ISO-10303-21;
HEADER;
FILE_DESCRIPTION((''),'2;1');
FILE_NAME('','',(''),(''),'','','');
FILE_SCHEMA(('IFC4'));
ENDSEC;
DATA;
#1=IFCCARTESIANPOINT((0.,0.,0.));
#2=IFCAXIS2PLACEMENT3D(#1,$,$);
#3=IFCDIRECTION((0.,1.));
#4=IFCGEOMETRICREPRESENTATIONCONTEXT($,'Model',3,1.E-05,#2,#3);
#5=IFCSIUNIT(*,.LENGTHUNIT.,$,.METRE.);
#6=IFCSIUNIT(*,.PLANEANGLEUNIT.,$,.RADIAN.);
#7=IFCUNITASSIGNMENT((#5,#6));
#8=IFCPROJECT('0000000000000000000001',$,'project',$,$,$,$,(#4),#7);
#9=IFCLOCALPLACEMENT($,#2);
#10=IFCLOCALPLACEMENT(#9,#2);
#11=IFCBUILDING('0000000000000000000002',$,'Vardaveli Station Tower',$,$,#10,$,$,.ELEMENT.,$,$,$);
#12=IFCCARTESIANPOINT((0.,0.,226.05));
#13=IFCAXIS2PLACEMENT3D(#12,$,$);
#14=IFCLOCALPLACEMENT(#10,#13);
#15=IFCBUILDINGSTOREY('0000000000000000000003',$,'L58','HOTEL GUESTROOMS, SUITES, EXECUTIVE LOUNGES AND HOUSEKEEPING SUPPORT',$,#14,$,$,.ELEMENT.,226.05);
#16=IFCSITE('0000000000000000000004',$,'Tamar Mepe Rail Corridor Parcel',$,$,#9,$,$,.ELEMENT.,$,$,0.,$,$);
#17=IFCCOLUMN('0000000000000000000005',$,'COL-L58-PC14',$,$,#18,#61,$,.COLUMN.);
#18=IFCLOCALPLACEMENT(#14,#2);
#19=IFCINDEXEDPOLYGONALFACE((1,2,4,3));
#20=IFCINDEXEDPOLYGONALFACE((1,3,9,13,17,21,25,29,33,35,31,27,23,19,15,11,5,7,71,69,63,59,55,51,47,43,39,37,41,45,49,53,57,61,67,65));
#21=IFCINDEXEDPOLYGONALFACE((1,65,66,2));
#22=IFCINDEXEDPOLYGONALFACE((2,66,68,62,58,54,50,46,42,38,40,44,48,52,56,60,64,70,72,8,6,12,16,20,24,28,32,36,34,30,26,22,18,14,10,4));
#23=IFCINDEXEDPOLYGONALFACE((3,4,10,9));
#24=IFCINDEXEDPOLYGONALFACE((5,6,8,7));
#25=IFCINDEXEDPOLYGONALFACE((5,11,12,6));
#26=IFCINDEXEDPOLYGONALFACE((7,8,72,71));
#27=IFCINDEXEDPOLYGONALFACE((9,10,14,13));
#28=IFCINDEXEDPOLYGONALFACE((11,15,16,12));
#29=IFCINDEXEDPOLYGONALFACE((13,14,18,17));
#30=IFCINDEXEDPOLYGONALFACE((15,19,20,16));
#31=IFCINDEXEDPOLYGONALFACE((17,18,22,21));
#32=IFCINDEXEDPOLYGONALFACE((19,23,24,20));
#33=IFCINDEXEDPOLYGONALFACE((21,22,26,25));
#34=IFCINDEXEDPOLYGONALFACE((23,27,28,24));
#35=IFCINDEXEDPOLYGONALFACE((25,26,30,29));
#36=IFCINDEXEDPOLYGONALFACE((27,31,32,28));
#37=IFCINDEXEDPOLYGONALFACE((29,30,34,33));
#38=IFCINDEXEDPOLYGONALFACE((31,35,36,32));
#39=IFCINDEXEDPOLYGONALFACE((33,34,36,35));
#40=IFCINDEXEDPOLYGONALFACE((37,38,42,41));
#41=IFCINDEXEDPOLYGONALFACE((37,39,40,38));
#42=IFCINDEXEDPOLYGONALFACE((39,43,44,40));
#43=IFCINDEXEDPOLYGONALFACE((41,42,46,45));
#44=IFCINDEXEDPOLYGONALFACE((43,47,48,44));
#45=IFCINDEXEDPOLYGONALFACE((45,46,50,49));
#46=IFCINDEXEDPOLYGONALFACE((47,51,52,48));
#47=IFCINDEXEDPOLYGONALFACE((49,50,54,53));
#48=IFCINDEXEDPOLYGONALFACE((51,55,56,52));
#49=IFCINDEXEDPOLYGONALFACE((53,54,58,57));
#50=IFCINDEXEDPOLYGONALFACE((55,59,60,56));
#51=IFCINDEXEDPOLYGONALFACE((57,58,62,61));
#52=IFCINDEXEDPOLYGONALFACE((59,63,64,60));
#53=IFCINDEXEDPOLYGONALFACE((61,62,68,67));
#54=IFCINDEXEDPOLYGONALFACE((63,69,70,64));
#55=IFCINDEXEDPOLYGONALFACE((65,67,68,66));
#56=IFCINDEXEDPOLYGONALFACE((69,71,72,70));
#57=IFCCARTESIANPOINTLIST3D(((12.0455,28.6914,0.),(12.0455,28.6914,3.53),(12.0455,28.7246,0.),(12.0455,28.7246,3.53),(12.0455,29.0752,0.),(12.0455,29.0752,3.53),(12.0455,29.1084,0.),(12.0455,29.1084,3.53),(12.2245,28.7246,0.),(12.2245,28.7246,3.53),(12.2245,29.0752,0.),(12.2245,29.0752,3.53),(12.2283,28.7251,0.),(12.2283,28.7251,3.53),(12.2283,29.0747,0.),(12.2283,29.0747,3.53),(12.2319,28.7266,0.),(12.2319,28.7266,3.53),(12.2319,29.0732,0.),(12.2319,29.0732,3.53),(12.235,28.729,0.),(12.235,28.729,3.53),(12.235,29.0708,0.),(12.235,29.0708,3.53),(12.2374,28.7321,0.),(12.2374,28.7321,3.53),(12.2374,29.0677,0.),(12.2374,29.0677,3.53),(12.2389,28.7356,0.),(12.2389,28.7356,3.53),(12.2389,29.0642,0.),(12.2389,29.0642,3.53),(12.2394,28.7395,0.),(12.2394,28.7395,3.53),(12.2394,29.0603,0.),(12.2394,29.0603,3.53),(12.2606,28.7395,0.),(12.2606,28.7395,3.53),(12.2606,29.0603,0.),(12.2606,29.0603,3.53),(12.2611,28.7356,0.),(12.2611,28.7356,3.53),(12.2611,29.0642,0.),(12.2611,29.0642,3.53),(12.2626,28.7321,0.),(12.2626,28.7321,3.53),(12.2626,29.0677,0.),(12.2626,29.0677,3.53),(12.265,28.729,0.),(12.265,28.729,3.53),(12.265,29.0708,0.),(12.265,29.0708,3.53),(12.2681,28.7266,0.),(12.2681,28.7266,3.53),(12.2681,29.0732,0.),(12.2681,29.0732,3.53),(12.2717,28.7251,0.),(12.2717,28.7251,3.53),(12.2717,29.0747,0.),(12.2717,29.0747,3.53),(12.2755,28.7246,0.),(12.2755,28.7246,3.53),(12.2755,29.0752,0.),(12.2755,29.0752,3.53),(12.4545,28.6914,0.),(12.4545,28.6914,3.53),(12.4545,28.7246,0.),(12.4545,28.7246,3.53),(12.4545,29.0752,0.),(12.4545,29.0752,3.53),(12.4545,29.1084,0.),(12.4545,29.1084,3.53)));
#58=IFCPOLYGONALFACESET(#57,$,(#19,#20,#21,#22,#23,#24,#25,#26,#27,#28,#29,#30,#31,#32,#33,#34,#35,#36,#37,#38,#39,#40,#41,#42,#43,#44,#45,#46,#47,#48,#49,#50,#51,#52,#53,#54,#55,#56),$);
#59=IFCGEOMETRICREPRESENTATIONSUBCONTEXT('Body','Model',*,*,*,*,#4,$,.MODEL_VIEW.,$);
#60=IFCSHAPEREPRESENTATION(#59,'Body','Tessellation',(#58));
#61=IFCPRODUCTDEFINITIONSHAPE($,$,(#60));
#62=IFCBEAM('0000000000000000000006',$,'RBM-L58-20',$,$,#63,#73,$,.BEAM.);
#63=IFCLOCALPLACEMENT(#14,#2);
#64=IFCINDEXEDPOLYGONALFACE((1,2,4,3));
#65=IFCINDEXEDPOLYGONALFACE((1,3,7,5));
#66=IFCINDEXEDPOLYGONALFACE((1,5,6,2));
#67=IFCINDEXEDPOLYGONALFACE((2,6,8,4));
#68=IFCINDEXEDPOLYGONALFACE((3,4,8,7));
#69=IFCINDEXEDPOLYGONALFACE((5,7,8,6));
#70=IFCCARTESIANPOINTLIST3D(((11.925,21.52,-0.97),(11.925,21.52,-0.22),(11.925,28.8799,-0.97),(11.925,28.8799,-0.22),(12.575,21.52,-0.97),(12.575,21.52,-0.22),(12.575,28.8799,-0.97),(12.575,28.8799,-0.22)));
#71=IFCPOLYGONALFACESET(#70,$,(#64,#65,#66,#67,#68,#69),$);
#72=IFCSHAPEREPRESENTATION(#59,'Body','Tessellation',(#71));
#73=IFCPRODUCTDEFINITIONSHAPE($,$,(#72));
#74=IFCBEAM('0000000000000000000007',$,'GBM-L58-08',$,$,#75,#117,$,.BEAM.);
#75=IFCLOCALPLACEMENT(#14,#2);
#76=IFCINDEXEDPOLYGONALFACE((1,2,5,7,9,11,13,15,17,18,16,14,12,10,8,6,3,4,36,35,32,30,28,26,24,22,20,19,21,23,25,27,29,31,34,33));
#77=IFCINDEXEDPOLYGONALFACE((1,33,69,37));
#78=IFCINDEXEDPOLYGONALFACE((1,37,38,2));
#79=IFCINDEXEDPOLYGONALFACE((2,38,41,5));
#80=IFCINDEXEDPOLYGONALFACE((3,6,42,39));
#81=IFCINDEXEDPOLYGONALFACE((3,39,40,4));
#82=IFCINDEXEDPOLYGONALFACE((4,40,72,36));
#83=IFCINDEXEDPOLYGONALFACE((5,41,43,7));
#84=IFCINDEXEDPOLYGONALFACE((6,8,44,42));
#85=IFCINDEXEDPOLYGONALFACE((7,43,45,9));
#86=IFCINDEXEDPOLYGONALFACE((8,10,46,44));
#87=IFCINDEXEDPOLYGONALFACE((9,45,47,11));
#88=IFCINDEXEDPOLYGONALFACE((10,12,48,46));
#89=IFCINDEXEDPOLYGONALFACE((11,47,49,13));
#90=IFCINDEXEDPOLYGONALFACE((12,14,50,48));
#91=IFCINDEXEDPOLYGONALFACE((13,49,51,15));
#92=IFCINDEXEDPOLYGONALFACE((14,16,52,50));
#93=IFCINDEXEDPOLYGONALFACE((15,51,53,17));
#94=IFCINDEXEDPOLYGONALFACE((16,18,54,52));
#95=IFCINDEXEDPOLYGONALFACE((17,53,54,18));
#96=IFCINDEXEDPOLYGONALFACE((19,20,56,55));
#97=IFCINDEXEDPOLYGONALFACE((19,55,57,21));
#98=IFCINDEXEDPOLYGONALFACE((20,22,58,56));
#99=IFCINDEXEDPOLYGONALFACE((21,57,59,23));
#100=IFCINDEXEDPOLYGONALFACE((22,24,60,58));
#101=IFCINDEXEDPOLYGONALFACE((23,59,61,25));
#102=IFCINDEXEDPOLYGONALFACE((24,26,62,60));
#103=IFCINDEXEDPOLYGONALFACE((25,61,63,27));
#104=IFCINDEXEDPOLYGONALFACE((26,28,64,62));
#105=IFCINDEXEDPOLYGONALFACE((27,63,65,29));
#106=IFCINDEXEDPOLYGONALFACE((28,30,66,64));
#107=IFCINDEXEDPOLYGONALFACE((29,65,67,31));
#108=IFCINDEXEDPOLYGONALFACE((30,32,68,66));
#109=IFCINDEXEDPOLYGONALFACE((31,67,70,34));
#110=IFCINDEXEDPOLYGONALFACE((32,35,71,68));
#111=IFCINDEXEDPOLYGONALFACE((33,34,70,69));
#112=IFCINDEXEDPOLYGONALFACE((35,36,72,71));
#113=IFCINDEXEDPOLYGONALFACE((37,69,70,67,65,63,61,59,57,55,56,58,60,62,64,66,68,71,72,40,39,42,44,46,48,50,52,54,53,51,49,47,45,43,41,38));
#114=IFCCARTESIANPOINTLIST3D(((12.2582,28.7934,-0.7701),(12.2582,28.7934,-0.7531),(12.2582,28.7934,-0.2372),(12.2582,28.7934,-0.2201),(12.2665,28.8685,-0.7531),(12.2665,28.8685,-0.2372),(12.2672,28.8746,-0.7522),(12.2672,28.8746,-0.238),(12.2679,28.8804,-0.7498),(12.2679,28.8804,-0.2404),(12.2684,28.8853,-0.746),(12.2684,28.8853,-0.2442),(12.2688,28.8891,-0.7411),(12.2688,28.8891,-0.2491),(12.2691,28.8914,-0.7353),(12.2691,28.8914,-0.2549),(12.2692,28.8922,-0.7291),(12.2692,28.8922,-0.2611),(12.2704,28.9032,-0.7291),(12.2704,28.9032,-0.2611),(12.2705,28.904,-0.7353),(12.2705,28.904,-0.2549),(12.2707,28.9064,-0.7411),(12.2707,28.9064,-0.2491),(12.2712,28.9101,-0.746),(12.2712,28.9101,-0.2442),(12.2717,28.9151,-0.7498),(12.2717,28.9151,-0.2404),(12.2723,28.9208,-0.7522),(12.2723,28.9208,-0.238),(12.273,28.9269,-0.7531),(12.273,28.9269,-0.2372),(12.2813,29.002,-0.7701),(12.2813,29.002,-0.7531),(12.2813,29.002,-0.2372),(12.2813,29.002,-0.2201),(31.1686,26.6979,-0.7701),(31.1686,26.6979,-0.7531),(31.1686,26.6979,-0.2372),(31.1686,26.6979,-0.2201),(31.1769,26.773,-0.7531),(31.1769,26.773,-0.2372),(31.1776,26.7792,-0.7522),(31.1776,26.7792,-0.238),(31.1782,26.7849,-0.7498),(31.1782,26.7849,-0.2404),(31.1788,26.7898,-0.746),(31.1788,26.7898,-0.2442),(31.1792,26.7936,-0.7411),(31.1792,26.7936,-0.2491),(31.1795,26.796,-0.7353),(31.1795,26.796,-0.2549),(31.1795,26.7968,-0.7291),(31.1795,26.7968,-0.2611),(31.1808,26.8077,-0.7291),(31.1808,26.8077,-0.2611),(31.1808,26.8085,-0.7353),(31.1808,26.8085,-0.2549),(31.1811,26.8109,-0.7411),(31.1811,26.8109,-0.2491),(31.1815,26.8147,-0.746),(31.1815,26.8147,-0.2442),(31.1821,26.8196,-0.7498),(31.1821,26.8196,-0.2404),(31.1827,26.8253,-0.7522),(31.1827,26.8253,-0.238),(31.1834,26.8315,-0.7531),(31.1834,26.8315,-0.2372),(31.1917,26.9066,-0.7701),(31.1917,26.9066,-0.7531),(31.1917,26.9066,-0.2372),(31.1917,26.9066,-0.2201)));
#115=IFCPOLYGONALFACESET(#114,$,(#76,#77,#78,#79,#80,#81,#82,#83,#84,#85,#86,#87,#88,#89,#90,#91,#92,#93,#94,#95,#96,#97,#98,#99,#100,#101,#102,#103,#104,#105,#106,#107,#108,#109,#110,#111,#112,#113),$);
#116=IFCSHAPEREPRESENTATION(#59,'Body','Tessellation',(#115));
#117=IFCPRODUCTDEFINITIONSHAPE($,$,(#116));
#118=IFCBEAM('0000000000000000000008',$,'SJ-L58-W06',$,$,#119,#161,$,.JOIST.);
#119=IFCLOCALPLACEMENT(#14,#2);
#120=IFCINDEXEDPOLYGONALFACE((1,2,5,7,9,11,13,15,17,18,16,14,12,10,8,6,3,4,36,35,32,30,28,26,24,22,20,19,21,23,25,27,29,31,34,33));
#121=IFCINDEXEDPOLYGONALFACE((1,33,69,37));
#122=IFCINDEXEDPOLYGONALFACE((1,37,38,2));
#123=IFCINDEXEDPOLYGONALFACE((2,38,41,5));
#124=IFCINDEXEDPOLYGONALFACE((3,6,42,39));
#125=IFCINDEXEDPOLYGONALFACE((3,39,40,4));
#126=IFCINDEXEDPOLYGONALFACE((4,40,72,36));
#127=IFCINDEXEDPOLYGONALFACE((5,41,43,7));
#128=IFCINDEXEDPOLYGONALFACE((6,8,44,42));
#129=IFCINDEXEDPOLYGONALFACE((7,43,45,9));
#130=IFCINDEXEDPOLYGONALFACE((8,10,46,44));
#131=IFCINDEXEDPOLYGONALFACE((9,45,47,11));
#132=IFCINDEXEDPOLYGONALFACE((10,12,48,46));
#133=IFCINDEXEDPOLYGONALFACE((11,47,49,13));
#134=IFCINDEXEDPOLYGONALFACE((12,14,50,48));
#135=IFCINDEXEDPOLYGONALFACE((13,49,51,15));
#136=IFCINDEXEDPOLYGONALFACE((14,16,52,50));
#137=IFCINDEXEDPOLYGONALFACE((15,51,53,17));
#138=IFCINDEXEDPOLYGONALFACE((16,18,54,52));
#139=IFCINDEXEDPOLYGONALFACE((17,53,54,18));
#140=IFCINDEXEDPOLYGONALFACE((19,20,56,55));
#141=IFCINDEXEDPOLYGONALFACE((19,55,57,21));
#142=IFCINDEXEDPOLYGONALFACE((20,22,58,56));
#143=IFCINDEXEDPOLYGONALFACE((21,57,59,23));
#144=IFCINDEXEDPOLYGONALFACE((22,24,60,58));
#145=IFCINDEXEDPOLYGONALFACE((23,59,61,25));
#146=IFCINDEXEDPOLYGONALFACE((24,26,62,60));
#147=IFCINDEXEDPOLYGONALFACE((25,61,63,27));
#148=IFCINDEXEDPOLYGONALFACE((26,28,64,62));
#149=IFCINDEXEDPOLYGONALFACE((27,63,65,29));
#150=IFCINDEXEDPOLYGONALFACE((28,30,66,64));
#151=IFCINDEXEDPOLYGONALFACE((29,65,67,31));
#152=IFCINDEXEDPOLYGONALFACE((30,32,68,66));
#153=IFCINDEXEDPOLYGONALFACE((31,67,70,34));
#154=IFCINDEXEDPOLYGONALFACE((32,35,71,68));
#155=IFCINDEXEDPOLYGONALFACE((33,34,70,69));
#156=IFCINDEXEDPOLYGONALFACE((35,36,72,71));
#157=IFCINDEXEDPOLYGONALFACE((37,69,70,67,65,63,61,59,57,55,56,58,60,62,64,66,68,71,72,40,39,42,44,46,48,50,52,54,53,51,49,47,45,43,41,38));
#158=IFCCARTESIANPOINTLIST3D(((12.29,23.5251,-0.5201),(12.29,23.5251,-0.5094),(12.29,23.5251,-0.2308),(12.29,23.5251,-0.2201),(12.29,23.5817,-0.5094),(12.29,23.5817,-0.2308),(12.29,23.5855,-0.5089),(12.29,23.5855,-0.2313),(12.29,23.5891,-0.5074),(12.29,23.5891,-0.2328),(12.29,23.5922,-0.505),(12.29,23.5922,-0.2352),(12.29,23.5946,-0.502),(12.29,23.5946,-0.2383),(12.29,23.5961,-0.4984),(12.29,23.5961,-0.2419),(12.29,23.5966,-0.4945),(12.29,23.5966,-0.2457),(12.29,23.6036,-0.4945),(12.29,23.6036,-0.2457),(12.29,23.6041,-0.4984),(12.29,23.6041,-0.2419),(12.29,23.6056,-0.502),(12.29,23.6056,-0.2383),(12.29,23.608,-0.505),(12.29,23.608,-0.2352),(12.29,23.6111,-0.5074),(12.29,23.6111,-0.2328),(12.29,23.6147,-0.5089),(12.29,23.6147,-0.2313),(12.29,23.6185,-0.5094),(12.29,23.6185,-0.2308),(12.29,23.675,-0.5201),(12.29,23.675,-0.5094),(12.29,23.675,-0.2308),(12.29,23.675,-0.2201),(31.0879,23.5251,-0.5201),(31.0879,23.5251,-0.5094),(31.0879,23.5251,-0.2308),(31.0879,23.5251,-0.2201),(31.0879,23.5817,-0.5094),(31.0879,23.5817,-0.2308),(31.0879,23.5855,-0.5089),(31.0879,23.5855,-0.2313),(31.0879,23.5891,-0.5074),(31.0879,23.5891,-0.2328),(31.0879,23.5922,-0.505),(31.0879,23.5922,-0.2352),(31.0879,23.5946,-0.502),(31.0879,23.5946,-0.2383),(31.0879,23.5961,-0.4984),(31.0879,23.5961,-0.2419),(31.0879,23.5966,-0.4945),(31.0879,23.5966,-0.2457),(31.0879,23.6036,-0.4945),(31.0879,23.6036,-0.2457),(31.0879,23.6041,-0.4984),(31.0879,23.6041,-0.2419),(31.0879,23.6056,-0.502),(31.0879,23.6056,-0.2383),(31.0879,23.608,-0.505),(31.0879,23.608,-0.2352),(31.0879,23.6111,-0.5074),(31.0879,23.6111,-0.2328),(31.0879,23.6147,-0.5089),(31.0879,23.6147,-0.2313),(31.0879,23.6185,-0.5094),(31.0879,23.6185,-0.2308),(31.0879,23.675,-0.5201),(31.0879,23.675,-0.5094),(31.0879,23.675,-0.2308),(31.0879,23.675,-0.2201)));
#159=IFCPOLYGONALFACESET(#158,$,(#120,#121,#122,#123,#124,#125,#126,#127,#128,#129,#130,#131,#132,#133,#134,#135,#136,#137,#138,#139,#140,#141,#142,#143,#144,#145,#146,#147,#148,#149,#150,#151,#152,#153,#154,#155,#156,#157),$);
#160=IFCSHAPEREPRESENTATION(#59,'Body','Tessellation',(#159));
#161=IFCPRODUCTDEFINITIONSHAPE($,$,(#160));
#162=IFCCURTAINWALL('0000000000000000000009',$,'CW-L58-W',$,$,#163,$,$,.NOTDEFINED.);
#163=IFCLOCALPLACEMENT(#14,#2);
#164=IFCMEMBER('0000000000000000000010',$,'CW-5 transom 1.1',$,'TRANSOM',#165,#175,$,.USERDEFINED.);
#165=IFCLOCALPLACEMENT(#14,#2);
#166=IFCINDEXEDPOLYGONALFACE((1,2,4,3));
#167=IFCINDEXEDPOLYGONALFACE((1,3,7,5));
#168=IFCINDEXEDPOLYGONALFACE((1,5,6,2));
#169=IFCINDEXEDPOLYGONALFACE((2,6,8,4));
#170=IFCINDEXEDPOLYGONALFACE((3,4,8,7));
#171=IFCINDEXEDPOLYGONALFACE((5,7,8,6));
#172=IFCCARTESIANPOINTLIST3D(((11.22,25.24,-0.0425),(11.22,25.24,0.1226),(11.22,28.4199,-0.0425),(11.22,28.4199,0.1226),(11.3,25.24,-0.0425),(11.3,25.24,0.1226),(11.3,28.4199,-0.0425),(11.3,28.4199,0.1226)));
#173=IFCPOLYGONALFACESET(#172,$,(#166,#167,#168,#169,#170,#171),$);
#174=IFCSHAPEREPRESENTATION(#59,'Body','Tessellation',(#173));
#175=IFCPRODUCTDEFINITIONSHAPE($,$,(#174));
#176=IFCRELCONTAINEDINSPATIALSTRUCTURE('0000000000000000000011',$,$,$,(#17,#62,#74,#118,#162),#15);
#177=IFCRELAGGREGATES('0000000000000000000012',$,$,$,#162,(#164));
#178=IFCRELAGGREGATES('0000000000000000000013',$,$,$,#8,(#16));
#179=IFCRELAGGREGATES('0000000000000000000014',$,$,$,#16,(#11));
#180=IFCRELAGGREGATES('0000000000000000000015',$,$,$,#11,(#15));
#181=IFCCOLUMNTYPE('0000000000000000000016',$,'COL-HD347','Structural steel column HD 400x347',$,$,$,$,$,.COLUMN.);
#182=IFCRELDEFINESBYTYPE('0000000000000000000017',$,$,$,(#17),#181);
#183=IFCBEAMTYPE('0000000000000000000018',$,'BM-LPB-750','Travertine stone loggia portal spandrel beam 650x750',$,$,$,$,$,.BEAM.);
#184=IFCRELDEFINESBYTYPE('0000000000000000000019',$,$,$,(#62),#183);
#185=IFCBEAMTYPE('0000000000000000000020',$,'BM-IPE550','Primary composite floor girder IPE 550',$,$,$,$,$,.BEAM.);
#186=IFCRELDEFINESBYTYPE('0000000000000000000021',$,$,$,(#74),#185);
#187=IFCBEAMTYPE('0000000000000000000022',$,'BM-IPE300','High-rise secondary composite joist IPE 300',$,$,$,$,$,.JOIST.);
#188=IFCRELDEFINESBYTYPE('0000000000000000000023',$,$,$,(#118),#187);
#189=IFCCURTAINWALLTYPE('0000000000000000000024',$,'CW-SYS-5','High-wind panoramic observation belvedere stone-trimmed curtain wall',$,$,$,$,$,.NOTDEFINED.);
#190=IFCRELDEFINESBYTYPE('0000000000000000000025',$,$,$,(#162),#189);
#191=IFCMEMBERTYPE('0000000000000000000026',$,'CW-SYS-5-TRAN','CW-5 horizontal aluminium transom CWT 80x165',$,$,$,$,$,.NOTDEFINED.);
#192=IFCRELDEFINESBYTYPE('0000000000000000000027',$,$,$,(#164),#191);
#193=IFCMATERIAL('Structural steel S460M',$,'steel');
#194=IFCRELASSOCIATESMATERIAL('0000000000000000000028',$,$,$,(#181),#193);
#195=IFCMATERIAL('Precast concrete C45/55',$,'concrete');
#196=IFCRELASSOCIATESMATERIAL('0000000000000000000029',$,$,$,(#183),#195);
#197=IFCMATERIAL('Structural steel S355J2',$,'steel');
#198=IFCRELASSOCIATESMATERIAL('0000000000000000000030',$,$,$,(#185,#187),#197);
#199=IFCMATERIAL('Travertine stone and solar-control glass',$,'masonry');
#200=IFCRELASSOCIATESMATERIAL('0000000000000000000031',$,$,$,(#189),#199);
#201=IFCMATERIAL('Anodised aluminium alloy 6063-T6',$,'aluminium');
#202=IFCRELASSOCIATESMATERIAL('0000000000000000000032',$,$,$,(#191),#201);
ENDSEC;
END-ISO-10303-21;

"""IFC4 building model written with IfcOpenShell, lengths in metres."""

from ifc_helpers import new_model, si_unit, direction, frame, origin, origin_2d, place, context, subcontext, project, spatial, rectangle, i_section, extrude, source, transform, mapped, material, material_profile, profile_set, type_object, element, aggregate, save


model = new_model("IFC4")

# Units and contexts
model_context = context("Model", 3, precision=1e-05, world=origin(), true_north=direction((0.0, 1.0)))
body_context = subcontext(model_context, "Body", "Model", "MODEL_VIEW")
ifc_project = project(units=[si_unit("LENGTHUNIT", "METRE"), si_unit("PLANEANGLEUNIT", "RADIAN")], contexts=[model_context])

# Site, building, storey
site_placement = place(None, origin())
site = spatial("IfcSite", under=ifc_project, at=site_placement, Name="Tamar Mepe Rail Corridor Parcel", CompositionType="ELEMENT", RefElevation=0.0)
building_placement = place(site_placement, origin())
building = spatial("IfcBuilding", under=site, at=building_placement, Name="Vardaveli Station Tower", CompositionType="ELEMENT")
storey_placement = place(building_placement, frame((0.0, 0.0, 226.05)))
storey = spatial("IfcBuildingStorey", under=building, at=storey_placement, Name="L58", Description="HOTEL GUESTROOMS, SUITES, EXECUTIVE LOUNGES AND HOUSEKEEPING SUPPORT", CompositionType="ELEMENT", Elevation=226.05)

# Column
ifc_material_1 = material(Name="Structural steel S460M", Category="steel")
ifc_material_profile_1 = material_profile(ifc_material_1, i_section(OverallWidth=0.4089, OverallDepth=0.417, WebThickness=0.0212, FlangeThickness=0.0332, FilletRadius=0.0149, at=origin_2d()), Name="HD 400x347")
ifc_profile_set_1 = profile_set([ifc_material_profile_1], Name="Structural steel S460M")
column_type = type_object("IfcColumnType", Name="COL-HD347", Description="Structural steel column HD 400x347", PredefinedType="COLUMN", material=ifc_profile_set_1)
shared_shape_1 = source(origin(), body_context, "Body", "SweptSolid", [
    extrude(i_section(OverallWidth=0.4089, OverallDepth=0.417, WebThickness=0.0212, FlangeThickness=0.0332, FilletRadius=0.0149, at=origin_2d()), origin(), (0.0, 0.0, 1.0), 3.53),
])
column_placement = place(storey_placement, frame((12.25, 28.8999, 0.0), z_axis=(0.0, 0.0, 1.0), x_axis=(1.0, 0.0, 0.0)))
element("IfcColumn", 1, at=column_placement, inside=storey, type_object=column_type, Name="COL-L58-PC14", PredefinedType="COLUMN", context=body_context, shape_type="MappedRepresentation", body=[
    mapped(shared_shape_1, transform((0.0, 0.0, 0.0), scale=1.0)),
])

# Beams
ifc_material_2 = material(Name="Precast concrete C45/55", Category="concrete")
ifc_material_profile_2 = material_profile(ifc_material_2, rectangle(XDim=0.6499, YDim=0.75, at=origin_2d()), Name="LPB 650x750")
ifc_profile_set_2 = profile_set([ifc_material_profile_2], Name="Precast concrete C45/55")
beam_type_1 = type_object("IfcBeamType", Name="BM-LPB-750", Description="Travertine stone loggia portal spandrel beam 650x750", PredefinedType="BEAM", material=ifc_profile_set_2)
shared_shape_2 = source(origin(), body_context, "Body", "SweptSolid", [
    extrude(rectangle(XDim=0.6499, YDim=0.75, at=origin_2d()), origin(), (0.0, 0.0, 1.0), 7.3599),
])
beam_1_placement = place(storey_placement, frame((12.25, 28.8799, -0.595), z_axis=(0.0, -1.0, 0.0), x_axis=(1.0, 0.0, 0.0)))
element("IfcBeam", 2, at=beam_1_placement, inside=storey, type_object=beam_type_1, Name="RBM-L58-20", PredefinedType="BEAM", context=body_context, shape_type="MappedRepresentation", body=[
    mapped(shared_shape_2, transform((0.0, 0.0, 0.0), scale=1.0)),
])
ifc_material_3 = material(Name="Structural steel S355J2", Category="steel")
ifc_material_profile_3 = material_profile(ifc_material_3, i_section(OverallWidth=0.21, OverallDepth=0.55, WebThickness=0.011, FlangeThickness=0.0171, FilletRadius=0.0239, at=origin_2d()), Name="IPE 550")
ifc_profile_set_3 = profile_set([ifc_material_profile_3], Name="Structural steel S355J2")
beam_type_2 = type_object("IfcBeamType", Name="BM-IPE550", Description="Primary composite floor girder IPE 550", PredefinedType="BEAM", material=ifc_profile_set_3)
shared_shape_3 = source(origin(), body_context, "Body", "SweptSolid", [
    extrude(i_section(OverallWidth=0.21, OverallDepth=0.55, WebThickness=0.011, FlangeThickness=0.0171, FilletRadius=0.0239, at=origin_2d()), origin(), (0.0, 0.0, 1.0), 19.0261),
])
beam_2_placement = place(storey_placement, frame((12.2698, 28.8977, -0.4951), z_axis=(0.993917, -0.110136, 0.0), x_axis=(0.110136, 0.993917, 0.0)))
element("IfcBeam", 3, at=beam_2_placement, inside=storey, type_object=beam_type_2, Name="GBM-L58-08", PredefinedType="BEAM", context=body_context, shape_type="MappedRepresentation", body=[
    mapped(shared_shape_3, transform((0.0, 0.0, 0.0), scale=1.0)),
])
ifc_material_profile_4 = material_profile(ifc_material_3, i_section(OverallWidth=0.1499, OverallDepth=0.3, WebThickness=0.0071, FlangeThickness=0.0107, FilletRadius=0.0149, at=origin_2d()), Name="IPE 300")
ifc_profile_set_4 = profile_set([ifc_material_profile_4], Name="Structural steel S355J2")
beam_type_3 = type_object("IfcBeamType", Name="BM-IPE300", Description="High-rise secondary composite joist IPE 300", PredefinedType="JOIST", material=ifc_profile_set_4)
shared_shape_4 = source(origin(), body_context, "Body", "SweptSolid", [
    extrude(i_section(OverallWidth=0.1499, OverallDepth=0.3, WebThickness=0.0071, FlangeThickness=0.0107, FilletRadius=0.0149, at=origin_2d()), origin(), (0.0, 0.0, 1.0), 18.7979),
])
beam_3_placement = place(storey_placement, frame((12.29, 23.6001, -0.3701), z_axis=(1.0, 0.0, 0.0), x_axis=(0.0, 1.0, 0.0)))
element("IfcBeam", 4, at=beam_3_placement, inside=storey, type_object=beam_type_3, Name="SJ-L58-W06", PredefinedType="JOIST", context=body_context, shape_type="MappedRepresentation", body=[
    mapped(shared_shape_4, transform((0.0, 0.0, 0.0), scale=1.0)),
])

# Curtain wall, member
ifc_material_4 = material(Name="Travertine stone and solar-control glass", Category="masonry")
curtain_wall_type = type_object("IfcCurtainWallType", Name="CW-SYS-5", Description="High-wind panoramic observation belvedere stone-trimmed curtain wall", PredefinedType="NOTDEFINED", material=ifc_material_4)
curtain_wall_placement = place(storey_placement, origin())
curtain_wall = element("IfcCurtainWall", 5, at=curtain_wall_placement, inside=storey, type_object=curtain_wall_type, Name="CW-L58-W", PredefinedType="NOTDEFINED")
ifc_material_5 = material(Name="Anodised aluminium alloy 6063-T6", Category="aluminium")
ifc_material_profile_5 = material_profile(ifc_material_5, rectangle(XDim=0.0801, YDim=0.165, at=origin_2d()), Name="CWT 80x165")
ifc_profile_set_5 = profile_set([ifc_material_profile_5], Name="Anodised aluminium alloy 6063-T6")
member_type_1 = type_object("IfcMemberType", Name="CW-SYS-5-TRAN", Description="CW-5 horizontal aluminium transom CWT 80x165", PredefinedType="NOTDEFINED", material=ifc_profile_set_5)
shared_shape_5 = source(origin(), body_context, "Body", "SweptSolid", [
    extrude(rectangle(XDim=0.0801, YDim=0.165, at=origin_2d()), origin(), (0.0, 0.0, 1.0), 3.1799),
])
member_1_placement = place(storey_placement, frame((11.26, 28.4199, 0.04), z_axis=(0.0, -1.0, 0.0), x_axis=(1.0, 0.0, 0.0)))
member_1 = element("IfcMember", 6, at=member_1_placement, type_object=member_type_1, Name="CW-5 transom 1.1", ObjectType="TRANSOM", PredefinedType="USERDEFINED", context=body_context, shape_type="MappedRepresentation", body=[
    mapped(shared_shape_5, transform((0.0, 0.0, 0.0), scale=1.0)),
])
aggregate(curtain_wall, [member_1])

save(model, "model.ifc")
